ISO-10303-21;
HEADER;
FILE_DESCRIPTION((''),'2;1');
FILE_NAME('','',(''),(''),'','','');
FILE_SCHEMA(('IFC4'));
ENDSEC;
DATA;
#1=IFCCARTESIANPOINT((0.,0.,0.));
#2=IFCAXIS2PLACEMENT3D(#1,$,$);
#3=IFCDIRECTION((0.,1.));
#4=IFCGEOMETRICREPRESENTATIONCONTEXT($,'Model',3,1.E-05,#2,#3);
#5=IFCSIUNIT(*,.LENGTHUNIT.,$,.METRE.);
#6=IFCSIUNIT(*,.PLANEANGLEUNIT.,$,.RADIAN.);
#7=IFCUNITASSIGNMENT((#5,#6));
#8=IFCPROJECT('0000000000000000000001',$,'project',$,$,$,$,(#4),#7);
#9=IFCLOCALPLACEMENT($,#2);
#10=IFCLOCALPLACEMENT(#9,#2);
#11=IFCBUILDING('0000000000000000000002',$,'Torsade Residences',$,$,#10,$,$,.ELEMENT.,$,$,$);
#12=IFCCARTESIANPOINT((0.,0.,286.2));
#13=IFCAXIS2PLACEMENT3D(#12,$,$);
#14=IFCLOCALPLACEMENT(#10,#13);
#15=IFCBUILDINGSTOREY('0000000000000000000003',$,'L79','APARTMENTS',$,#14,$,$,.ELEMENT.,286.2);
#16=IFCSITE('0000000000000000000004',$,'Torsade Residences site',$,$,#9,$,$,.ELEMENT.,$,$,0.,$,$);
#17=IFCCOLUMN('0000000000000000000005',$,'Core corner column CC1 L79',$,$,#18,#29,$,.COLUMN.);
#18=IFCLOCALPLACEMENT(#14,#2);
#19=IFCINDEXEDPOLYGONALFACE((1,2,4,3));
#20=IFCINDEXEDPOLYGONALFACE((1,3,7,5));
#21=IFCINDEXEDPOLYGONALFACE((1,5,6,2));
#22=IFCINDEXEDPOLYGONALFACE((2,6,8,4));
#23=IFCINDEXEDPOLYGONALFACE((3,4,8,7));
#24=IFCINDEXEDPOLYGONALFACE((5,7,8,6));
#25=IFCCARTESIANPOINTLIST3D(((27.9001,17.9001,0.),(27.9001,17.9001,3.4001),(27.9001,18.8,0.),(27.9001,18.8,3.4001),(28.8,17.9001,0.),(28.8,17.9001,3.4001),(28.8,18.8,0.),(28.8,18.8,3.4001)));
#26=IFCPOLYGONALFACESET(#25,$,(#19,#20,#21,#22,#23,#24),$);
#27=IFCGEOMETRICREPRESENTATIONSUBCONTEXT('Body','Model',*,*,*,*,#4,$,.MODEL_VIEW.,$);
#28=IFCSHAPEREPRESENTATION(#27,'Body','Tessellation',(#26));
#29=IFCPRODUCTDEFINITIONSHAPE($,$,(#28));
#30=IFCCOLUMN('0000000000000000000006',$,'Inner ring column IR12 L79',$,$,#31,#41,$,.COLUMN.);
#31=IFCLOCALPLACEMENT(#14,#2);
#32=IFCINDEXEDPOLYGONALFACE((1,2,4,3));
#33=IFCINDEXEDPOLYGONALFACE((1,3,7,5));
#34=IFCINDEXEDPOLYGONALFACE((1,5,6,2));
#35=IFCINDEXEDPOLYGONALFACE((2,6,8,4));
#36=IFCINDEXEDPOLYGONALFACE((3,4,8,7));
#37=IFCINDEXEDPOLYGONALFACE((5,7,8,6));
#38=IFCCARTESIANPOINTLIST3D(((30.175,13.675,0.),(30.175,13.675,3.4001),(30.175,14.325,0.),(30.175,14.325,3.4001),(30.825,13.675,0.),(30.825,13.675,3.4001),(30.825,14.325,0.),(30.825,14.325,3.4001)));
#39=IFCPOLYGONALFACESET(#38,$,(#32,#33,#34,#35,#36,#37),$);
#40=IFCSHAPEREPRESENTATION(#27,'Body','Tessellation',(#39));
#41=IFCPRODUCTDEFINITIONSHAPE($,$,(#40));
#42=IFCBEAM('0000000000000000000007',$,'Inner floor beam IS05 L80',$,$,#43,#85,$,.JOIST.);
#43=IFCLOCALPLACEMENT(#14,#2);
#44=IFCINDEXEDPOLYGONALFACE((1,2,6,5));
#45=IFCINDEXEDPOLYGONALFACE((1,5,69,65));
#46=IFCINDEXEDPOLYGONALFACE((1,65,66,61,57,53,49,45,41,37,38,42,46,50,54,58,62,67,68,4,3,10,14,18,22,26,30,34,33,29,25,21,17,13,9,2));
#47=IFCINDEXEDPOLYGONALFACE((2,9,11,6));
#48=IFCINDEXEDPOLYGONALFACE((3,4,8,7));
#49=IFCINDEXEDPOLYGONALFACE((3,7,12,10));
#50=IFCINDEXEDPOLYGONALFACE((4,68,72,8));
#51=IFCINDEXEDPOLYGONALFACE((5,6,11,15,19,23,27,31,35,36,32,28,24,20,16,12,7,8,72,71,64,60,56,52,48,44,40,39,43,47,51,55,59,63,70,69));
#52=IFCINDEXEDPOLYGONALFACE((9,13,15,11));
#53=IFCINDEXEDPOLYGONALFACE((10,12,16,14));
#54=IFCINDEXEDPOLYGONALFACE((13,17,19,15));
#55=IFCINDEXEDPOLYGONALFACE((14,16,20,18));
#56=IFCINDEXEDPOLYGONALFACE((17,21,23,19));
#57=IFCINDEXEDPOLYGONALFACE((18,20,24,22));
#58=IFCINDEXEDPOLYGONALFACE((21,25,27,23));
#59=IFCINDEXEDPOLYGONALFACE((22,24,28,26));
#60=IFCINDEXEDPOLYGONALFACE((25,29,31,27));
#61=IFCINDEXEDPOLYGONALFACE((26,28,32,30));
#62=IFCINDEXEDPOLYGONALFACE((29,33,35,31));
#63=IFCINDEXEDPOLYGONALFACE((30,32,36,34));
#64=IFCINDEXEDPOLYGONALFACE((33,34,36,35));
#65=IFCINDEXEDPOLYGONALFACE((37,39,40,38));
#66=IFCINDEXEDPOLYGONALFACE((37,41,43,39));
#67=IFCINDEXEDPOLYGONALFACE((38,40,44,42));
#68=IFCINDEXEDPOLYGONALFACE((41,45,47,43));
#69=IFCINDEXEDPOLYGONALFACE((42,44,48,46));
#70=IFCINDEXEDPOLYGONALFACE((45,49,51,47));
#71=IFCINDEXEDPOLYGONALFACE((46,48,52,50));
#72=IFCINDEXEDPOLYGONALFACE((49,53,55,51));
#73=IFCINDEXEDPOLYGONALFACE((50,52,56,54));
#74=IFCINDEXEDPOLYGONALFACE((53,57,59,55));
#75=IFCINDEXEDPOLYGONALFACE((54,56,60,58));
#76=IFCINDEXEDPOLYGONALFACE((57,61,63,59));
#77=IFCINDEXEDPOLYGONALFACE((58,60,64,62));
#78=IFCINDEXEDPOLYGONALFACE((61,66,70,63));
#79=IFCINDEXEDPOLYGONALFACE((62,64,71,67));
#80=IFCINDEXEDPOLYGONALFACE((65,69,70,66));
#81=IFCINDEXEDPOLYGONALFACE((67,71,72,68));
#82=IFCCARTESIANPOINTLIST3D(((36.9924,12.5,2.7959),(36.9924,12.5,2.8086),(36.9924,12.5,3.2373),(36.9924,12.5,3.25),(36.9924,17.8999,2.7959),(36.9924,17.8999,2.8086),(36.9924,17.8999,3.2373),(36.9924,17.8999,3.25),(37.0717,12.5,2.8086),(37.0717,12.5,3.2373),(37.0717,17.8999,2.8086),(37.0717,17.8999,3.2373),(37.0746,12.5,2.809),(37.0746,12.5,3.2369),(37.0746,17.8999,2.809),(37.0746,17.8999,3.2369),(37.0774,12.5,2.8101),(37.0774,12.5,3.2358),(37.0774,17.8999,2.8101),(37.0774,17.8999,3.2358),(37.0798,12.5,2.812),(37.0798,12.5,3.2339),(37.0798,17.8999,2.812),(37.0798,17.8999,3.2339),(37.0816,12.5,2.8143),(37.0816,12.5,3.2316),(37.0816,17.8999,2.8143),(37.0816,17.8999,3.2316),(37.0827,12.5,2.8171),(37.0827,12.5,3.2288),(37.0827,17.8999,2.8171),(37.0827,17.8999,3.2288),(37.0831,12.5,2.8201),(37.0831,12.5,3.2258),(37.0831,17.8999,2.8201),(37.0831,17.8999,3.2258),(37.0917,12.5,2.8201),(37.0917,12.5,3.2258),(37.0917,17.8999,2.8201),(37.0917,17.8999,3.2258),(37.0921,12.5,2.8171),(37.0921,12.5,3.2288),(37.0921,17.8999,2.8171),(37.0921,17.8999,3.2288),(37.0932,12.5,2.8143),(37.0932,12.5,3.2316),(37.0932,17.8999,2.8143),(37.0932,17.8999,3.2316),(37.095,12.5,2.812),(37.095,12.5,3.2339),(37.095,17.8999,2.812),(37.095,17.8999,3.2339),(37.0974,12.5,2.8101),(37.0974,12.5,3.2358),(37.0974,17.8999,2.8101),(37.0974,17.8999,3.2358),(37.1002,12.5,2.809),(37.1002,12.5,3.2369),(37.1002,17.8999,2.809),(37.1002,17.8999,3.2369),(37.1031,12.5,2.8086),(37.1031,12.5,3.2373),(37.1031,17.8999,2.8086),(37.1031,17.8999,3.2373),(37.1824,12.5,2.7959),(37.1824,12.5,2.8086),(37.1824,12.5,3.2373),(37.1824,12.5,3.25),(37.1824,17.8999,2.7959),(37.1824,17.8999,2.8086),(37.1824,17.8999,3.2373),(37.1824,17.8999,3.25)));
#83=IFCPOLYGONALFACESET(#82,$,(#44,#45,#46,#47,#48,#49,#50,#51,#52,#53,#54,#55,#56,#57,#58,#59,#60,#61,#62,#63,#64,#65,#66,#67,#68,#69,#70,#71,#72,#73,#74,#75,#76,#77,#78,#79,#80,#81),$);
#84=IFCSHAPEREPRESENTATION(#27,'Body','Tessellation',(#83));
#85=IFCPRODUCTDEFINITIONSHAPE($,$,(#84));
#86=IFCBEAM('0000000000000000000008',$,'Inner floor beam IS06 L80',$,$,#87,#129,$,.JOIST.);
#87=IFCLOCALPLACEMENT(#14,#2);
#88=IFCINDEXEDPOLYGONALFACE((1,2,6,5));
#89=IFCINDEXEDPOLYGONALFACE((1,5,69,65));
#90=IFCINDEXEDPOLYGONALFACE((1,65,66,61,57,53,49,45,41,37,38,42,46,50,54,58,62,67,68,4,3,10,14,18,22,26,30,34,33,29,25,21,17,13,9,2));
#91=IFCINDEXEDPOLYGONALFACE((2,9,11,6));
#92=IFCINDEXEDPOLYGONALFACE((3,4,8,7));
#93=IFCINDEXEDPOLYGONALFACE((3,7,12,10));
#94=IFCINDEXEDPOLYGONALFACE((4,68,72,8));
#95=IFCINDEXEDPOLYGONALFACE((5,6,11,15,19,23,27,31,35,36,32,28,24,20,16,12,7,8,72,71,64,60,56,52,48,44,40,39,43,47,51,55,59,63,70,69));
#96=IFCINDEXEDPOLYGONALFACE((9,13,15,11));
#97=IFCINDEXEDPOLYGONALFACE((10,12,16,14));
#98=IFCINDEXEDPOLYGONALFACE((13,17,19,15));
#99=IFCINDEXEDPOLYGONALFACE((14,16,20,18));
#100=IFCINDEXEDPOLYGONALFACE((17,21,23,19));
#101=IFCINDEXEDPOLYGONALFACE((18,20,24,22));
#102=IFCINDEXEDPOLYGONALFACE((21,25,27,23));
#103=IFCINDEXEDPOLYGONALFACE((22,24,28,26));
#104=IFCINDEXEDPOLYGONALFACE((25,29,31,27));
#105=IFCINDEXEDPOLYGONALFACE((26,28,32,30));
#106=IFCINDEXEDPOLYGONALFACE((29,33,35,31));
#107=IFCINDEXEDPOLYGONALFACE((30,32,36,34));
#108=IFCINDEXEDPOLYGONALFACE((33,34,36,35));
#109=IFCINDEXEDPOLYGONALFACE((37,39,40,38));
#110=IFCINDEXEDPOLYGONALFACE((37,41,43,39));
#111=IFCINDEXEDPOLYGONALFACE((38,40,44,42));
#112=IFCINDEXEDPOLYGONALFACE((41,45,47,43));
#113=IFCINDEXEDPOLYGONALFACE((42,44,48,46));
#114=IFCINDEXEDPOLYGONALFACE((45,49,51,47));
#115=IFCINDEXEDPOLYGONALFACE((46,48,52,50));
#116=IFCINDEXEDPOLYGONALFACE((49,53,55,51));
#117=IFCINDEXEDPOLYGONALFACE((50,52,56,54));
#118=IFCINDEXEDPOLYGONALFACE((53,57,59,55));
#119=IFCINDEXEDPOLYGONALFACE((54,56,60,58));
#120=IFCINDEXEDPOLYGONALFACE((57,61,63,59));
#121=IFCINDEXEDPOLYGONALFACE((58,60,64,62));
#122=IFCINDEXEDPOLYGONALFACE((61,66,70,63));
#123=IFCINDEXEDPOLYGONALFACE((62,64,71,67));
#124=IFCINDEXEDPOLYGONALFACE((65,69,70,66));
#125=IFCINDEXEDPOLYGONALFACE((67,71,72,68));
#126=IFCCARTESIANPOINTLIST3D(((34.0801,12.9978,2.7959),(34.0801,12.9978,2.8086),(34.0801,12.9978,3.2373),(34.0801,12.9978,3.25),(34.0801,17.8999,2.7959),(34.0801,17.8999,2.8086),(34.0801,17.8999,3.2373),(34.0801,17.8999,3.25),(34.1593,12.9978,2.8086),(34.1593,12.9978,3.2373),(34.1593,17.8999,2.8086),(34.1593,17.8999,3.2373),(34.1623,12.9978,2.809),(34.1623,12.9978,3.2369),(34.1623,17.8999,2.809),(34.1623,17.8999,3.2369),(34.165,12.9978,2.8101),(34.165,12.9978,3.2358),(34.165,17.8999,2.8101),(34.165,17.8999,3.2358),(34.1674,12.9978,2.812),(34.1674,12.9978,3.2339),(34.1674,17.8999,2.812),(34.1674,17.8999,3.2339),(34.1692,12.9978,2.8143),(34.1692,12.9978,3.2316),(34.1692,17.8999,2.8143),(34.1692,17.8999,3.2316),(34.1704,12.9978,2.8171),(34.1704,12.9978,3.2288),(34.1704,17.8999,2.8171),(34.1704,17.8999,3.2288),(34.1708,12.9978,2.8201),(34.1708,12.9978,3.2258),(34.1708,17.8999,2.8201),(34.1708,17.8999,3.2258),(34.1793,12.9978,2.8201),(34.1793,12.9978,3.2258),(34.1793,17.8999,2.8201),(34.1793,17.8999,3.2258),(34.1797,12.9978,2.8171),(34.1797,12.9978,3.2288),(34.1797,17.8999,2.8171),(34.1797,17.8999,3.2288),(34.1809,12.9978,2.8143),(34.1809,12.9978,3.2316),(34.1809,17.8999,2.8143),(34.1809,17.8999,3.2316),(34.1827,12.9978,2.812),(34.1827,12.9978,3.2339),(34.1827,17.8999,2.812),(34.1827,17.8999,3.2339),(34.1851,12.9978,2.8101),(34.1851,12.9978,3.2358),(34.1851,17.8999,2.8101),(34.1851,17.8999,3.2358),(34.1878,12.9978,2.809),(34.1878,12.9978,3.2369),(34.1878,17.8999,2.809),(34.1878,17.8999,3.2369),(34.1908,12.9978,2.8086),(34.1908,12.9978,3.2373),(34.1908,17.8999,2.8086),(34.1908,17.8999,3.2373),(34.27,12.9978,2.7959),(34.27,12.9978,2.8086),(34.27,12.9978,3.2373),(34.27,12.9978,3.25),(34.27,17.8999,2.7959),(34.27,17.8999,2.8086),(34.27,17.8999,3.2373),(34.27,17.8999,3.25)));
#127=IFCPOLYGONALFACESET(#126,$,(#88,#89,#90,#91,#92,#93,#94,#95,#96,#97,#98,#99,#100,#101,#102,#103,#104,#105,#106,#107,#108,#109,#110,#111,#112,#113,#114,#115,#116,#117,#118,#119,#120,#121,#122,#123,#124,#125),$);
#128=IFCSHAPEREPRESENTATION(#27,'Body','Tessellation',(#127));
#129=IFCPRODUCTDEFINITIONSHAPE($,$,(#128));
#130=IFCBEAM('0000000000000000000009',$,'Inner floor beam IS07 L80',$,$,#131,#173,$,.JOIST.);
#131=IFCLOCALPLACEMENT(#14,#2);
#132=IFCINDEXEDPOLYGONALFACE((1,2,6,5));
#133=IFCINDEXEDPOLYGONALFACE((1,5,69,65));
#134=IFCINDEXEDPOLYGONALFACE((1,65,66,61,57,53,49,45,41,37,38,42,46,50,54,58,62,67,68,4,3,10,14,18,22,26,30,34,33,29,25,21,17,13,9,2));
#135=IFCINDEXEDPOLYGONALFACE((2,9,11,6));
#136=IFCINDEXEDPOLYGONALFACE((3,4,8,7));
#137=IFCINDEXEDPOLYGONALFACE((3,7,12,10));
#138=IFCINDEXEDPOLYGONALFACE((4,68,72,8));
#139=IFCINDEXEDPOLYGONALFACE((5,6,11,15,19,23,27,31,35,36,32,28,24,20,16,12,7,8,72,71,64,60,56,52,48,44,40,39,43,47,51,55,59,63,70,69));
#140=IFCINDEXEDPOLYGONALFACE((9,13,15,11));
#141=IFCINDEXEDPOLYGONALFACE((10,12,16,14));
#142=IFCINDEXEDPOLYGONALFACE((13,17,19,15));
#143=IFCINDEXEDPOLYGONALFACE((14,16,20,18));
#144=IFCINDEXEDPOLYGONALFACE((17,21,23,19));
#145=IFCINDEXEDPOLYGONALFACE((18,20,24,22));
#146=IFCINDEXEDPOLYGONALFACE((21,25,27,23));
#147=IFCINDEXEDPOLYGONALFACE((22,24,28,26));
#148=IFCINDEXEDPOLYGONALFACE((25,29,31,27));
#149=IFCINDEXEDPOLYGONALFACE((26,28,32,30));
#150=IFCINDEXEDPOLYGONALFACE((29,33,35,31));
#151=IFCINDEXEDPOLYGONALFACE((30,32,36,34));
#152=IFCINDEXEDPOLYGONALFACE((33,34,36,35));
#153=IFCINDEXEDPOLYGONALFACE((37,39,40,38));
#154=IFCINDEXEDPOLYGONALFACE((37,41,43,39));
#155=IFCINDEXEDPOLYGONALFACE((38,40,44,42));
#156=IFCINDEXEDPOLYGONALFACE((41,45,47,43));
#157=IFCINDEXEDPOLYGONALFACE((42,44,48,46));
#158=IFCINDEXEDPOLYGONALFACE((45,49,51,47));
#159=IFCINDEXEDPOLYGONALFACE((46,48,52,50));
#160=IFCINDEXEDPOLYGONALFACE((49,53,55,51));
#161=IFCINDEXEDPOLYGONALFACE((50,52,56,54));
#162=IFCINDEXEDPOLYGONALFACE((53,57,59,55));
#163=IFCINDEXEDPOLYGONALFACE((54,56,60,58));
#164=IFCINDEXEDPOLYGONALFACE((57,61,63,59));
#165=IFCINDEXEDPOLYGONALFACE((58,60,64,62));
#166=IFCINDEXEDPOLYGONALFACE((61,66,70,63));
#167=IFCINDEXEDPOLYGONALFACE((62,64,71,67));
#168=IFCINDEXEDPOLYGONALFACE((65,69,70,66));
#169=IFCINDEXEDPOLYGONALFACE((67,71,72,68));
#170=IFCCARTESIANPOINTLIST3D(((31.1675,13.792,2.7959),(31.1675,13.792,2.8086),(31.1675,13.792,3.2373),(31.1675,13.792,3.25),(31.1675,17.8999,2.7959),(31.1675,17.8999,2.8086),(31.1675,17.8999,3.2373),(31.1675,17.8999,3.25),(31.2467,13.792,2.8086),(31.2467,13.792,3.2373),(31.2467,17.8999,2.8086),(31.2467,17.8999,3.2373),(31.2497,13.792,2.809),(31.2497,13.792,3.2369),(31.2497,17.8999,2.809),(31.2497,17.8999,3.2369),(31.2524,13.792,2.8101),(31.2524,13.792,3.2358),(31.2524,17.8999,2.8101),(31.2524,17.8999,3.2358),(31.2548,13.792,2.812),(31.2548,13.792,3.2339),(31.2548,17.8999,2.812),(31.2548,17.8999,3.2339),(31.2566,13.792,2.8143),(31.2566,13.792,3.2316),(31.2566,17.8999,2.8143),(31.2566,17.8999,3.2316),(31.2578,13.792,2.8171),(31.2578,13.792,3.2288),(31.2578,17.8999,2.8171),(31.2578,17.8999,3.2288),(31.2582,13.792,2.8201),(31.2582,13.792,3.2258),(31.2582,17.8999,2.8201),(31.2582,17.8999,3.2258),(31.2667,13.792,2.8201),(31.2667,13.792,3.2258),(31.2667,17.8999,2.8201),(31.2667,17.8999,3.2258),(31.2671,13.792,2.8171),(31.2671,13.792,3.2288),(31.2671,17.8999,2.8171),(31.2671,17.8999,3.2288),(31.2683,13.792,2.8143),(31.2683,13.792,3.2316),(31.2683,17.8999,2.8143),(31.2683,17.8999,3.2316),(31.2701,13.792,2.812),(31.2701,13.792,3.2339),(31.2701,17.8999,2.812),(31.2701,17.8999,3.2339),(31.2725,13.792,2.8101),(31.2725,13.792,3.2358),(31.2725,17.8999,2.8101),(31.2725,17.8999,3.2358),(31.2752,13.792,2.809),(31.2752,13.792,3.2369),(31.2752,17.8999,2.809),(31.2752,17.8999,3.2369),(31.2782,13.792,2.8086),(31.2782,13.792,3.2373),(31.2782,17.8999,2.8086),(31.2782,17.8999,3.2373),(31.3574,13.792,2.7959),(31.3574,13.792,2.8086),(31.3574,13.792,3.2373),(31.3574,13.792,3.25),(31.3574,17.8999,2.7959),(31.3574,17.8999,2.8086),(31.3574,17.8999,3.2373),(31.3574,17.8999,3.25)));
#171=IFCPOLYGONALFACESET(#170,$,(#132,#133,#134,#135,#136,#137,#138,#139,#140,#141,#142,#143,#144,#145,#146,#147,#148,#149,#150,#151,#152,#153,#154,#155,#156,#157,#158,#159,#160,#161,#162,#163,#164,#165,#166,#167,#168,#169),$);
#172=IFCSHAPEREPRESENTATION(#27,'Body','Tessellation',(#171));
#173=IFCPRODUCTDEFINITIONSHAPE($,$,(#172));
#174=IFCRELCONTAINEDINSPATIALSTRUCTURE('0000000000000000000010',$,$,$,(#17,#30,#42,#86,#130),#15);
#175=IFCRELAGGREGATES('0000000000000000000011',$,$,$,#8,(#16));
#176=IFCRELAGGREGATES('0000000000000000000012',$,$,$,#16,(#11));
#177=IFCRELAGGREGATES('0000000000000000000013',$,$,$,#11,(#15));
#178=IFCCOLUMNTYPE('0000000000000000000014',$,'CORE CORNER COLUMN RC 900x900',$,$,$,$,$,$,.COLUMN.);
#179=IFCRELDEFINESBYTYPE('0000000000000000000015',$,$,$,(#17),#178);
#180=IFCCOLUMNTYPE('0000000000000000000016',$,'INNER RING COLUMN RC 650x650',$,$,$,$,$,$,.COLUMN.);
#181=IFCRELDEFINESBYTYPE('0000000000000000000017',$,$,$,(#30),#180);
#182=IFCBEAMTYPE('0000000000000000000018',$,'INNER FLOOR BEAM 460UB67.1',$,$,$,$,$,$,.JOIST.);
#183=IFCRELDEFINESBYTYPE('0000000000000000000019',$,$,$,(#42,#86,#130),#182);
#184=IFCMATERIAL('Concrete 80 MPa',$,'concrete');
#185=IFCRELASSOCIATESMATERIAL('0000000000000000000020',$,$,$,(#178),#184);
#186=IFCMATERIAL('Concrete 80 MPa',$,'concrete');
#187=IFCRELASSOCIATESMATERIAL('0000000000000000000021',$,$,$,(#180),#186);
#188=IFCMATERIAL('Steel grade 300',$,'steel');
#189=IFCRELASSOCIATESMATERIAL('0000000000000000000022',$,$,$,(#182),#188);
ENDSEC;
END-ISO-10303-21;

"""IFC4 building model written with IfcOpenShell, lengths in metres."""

from ifc_helpers import new_model, si_unit, direction, frame, origin, origin_2d, place, context, subcontext, project, spatial, rectangle, i_section, extrude, material, material_profile, profile_set, type_object, element, save


model = new_model("IFC4")

# Units and contexts
model_context = context("Model", 3, precision=1e-05, world=origin(), true_north=direction((0.0, 1.0)))
body_context = subcontext(model_context, "Body", "Model", "MODEL_VIEW")
ifc_project = project(units=[si_unit("LENGTHUNIT", "METRE"), si_unit("PLANEANGLEUNIT", "RADIAN")], contexts=[model_context])

# Site, building, storey
site_placement = place(None, origin())
site = spatial("IfcSite", under=ifc_project, at=site_placement, Name="Torsade Residences site", CompositionType="ELEMENT", RefElevation=0.0)
building_placement = place(site_placement, origin())
building = spatial("IfcBuilding", under=site, at=building_placement, Name="Torsade Residences", CompositionType="ELEMENT")
storey_placement = place(building_placement, frame((0.0, 0.0, 286.2)))
storey = spatial("IfcBuildingStorey", under=building, at=storey_placement, Name="L79", Description="APARTMENTS", CompositionType="ELEMENT", Elevation=286.2)

# Columns
ifc_material_1 = material(Name="Concrete 80 MPa", Category="concrete")
ifc_material_profile_1 = material_profile(ifc_material_1, rectangle(XDim=0.8999, YDim=0.8999, at=origin_2d()), Name="RC 900x900")
ifc_profile_set_1 = profile_set([ifc_material_profile_1], Name="Concrete 80 MPa")
column_type_1 = type_object("IfcColumnType", Name="CORE CORNER COLUMN RC 900x900", PredefinedType="COLUMN", material=ifc_profile_set_1)
column_1_placement = place(storey_placement, frame((28.3501, 18.3501, 0.0), z_axis=(0.0, 0.0, 1.0), x_axis=(1.0, 0.0, 0.0)))
element("IfcColumn", 1, at=column_1_placement, inside=storey, type_object=column_type_1, Name="Core corner column CC1 L79", PredefinedType="COLUMN", context=body_context, shape_type="SweptSolid", body=[
    extrude(rectangle(XDim=0.8999, YDim=0.8999, at=origin_2d()), origin(), (0.0, 0.0, 1.0), 3.4001),
])
ifc_material_2 = material(Name="Concrete 80 MPa", Category="concrete")
ifc_material_profile_2 = material_profile(ifc_material_2, rectangle(XDim=0.6499, YDim=0.6499, at=origin_2d()), Name="RC 650x650")
ifc_profile_set_2 = profile_set([ifc_material_profile_2], Name="Concrete 80 MPa")
column_type_2 = type_object("IfcColumnType", Name="INNER RING COLUMN RC 650x650", PredefinedType="COLUMN", material=ifc_profile_set_2)
column_2_placement = place(storey_placement, frame((30.5, 14.0, 0.0), z_axis=(0.0, 0.0, 1.0), x_axis=(1.0, 0.0, 0.0)))
element("IfcColumn", 2, at=column_2_placement, inside=storey, type_object=column_type_2, Name="Inner ring column IR12 L79", PredefinedType="COLUMN", context=body_context, shape_type="SweptSolid", body=[
    extrude(rectangle(XDim=0.6499, YDim=0.6499, at=origin_2d()), origin(), (0.0, 0.0, 1.0), 3.4001),
])

# Beams
ifc_material_3 = material(Name="Steel grade 300", Category="steel")
ifc_material_profile_3 = material_profile(ifc_material_3, i_section(OverallWidth=0.1899, OverallDepth=0.4541, WebThickness=0.0085, FlangeThickness=0.0127, FilletRadius=0.0115, at=origin_2d()), Name="460UB67.1")
ifc_profile_set_3 = profile_set([ifc_material_profile_3], Name="Steel grade 300")
beam_type_1 = type_object("IfcBeamType", Name="INNER FLOOR BEAM 460UB67.1", PredefinedType="JOIST", material=ifc_profile_set_3)
beam_1_placement = place(storey_placement, frame((37.0874, 17.8999, 3.0229), z_axis=(0.0, -1.0, 0.0), x_axis=(1.0, 0.0, 0.0)))
element("IfcBeam", 3, at=beam_1_placement, inside=storey, type_object=beam_type_1, Name="Inner floor beam IS05 L80", PredefinedType="JOIST", context=body_context, shape_type="SweptSolid", body=[
    extrude(i_section(OverallWidth=0.1899, OverallDepth=0.4541, WebThickness=0.0085, FlangeThickness=0.0127, FilletRadius=0.0115, at=origin_2d()), origin(), (0.0, 0.0, 1.0), 5.3999),
])
beam_2_placement = place(storey_placement, frame((34.175, 17.8999, 3.0229), z_axis=(0.0, -1.0, 0.0), x_axis=(1.0, 0.0, 0.0)))
element("IfcBeam", 4, at=beam_2_placement, inside=storey, type_object=beam_type_1, Name="Inner floor beam IS06 L80", PredefinedType="JOIST", context=body_context, shape_type="SweptSolid", body=[
    extrude(i_section(OverallWidth=0.1899, OverallDepth=0.4541, WebThickness=0.0085, FlangeThickness=0.0127, FilletRadius=0.0115, at=origin_2d()), origin(), (0.0, 0.0, 1.0), 4.9021),
])
beam_3_placement = place(storey_placement, frame((31.2625, 17.8999, 3.0229), z_axis=(0.0, -1.0, 0.0), x_axis=(1.0, 0.0, 0.0)))
element("IfcBeam", 5, at=beam_3_placement, inside=storey, type_object=beam_type_1, Name="Inner floor beam IS07 L80", PredefinedType="JOIST", context=body_context, shape_type="SweptSolid", body=[
    extrude(i_section(OverallWidth=0.1899, OverallDepth=0.4541, WebThickness=0.0085, FlangeThickness=0.0127, FilletRadius=0.0115, at=origin_2d()), origin(), (0.0, 0.0, 1.0), 4.1079),
])

save(model, "model.ifc")
